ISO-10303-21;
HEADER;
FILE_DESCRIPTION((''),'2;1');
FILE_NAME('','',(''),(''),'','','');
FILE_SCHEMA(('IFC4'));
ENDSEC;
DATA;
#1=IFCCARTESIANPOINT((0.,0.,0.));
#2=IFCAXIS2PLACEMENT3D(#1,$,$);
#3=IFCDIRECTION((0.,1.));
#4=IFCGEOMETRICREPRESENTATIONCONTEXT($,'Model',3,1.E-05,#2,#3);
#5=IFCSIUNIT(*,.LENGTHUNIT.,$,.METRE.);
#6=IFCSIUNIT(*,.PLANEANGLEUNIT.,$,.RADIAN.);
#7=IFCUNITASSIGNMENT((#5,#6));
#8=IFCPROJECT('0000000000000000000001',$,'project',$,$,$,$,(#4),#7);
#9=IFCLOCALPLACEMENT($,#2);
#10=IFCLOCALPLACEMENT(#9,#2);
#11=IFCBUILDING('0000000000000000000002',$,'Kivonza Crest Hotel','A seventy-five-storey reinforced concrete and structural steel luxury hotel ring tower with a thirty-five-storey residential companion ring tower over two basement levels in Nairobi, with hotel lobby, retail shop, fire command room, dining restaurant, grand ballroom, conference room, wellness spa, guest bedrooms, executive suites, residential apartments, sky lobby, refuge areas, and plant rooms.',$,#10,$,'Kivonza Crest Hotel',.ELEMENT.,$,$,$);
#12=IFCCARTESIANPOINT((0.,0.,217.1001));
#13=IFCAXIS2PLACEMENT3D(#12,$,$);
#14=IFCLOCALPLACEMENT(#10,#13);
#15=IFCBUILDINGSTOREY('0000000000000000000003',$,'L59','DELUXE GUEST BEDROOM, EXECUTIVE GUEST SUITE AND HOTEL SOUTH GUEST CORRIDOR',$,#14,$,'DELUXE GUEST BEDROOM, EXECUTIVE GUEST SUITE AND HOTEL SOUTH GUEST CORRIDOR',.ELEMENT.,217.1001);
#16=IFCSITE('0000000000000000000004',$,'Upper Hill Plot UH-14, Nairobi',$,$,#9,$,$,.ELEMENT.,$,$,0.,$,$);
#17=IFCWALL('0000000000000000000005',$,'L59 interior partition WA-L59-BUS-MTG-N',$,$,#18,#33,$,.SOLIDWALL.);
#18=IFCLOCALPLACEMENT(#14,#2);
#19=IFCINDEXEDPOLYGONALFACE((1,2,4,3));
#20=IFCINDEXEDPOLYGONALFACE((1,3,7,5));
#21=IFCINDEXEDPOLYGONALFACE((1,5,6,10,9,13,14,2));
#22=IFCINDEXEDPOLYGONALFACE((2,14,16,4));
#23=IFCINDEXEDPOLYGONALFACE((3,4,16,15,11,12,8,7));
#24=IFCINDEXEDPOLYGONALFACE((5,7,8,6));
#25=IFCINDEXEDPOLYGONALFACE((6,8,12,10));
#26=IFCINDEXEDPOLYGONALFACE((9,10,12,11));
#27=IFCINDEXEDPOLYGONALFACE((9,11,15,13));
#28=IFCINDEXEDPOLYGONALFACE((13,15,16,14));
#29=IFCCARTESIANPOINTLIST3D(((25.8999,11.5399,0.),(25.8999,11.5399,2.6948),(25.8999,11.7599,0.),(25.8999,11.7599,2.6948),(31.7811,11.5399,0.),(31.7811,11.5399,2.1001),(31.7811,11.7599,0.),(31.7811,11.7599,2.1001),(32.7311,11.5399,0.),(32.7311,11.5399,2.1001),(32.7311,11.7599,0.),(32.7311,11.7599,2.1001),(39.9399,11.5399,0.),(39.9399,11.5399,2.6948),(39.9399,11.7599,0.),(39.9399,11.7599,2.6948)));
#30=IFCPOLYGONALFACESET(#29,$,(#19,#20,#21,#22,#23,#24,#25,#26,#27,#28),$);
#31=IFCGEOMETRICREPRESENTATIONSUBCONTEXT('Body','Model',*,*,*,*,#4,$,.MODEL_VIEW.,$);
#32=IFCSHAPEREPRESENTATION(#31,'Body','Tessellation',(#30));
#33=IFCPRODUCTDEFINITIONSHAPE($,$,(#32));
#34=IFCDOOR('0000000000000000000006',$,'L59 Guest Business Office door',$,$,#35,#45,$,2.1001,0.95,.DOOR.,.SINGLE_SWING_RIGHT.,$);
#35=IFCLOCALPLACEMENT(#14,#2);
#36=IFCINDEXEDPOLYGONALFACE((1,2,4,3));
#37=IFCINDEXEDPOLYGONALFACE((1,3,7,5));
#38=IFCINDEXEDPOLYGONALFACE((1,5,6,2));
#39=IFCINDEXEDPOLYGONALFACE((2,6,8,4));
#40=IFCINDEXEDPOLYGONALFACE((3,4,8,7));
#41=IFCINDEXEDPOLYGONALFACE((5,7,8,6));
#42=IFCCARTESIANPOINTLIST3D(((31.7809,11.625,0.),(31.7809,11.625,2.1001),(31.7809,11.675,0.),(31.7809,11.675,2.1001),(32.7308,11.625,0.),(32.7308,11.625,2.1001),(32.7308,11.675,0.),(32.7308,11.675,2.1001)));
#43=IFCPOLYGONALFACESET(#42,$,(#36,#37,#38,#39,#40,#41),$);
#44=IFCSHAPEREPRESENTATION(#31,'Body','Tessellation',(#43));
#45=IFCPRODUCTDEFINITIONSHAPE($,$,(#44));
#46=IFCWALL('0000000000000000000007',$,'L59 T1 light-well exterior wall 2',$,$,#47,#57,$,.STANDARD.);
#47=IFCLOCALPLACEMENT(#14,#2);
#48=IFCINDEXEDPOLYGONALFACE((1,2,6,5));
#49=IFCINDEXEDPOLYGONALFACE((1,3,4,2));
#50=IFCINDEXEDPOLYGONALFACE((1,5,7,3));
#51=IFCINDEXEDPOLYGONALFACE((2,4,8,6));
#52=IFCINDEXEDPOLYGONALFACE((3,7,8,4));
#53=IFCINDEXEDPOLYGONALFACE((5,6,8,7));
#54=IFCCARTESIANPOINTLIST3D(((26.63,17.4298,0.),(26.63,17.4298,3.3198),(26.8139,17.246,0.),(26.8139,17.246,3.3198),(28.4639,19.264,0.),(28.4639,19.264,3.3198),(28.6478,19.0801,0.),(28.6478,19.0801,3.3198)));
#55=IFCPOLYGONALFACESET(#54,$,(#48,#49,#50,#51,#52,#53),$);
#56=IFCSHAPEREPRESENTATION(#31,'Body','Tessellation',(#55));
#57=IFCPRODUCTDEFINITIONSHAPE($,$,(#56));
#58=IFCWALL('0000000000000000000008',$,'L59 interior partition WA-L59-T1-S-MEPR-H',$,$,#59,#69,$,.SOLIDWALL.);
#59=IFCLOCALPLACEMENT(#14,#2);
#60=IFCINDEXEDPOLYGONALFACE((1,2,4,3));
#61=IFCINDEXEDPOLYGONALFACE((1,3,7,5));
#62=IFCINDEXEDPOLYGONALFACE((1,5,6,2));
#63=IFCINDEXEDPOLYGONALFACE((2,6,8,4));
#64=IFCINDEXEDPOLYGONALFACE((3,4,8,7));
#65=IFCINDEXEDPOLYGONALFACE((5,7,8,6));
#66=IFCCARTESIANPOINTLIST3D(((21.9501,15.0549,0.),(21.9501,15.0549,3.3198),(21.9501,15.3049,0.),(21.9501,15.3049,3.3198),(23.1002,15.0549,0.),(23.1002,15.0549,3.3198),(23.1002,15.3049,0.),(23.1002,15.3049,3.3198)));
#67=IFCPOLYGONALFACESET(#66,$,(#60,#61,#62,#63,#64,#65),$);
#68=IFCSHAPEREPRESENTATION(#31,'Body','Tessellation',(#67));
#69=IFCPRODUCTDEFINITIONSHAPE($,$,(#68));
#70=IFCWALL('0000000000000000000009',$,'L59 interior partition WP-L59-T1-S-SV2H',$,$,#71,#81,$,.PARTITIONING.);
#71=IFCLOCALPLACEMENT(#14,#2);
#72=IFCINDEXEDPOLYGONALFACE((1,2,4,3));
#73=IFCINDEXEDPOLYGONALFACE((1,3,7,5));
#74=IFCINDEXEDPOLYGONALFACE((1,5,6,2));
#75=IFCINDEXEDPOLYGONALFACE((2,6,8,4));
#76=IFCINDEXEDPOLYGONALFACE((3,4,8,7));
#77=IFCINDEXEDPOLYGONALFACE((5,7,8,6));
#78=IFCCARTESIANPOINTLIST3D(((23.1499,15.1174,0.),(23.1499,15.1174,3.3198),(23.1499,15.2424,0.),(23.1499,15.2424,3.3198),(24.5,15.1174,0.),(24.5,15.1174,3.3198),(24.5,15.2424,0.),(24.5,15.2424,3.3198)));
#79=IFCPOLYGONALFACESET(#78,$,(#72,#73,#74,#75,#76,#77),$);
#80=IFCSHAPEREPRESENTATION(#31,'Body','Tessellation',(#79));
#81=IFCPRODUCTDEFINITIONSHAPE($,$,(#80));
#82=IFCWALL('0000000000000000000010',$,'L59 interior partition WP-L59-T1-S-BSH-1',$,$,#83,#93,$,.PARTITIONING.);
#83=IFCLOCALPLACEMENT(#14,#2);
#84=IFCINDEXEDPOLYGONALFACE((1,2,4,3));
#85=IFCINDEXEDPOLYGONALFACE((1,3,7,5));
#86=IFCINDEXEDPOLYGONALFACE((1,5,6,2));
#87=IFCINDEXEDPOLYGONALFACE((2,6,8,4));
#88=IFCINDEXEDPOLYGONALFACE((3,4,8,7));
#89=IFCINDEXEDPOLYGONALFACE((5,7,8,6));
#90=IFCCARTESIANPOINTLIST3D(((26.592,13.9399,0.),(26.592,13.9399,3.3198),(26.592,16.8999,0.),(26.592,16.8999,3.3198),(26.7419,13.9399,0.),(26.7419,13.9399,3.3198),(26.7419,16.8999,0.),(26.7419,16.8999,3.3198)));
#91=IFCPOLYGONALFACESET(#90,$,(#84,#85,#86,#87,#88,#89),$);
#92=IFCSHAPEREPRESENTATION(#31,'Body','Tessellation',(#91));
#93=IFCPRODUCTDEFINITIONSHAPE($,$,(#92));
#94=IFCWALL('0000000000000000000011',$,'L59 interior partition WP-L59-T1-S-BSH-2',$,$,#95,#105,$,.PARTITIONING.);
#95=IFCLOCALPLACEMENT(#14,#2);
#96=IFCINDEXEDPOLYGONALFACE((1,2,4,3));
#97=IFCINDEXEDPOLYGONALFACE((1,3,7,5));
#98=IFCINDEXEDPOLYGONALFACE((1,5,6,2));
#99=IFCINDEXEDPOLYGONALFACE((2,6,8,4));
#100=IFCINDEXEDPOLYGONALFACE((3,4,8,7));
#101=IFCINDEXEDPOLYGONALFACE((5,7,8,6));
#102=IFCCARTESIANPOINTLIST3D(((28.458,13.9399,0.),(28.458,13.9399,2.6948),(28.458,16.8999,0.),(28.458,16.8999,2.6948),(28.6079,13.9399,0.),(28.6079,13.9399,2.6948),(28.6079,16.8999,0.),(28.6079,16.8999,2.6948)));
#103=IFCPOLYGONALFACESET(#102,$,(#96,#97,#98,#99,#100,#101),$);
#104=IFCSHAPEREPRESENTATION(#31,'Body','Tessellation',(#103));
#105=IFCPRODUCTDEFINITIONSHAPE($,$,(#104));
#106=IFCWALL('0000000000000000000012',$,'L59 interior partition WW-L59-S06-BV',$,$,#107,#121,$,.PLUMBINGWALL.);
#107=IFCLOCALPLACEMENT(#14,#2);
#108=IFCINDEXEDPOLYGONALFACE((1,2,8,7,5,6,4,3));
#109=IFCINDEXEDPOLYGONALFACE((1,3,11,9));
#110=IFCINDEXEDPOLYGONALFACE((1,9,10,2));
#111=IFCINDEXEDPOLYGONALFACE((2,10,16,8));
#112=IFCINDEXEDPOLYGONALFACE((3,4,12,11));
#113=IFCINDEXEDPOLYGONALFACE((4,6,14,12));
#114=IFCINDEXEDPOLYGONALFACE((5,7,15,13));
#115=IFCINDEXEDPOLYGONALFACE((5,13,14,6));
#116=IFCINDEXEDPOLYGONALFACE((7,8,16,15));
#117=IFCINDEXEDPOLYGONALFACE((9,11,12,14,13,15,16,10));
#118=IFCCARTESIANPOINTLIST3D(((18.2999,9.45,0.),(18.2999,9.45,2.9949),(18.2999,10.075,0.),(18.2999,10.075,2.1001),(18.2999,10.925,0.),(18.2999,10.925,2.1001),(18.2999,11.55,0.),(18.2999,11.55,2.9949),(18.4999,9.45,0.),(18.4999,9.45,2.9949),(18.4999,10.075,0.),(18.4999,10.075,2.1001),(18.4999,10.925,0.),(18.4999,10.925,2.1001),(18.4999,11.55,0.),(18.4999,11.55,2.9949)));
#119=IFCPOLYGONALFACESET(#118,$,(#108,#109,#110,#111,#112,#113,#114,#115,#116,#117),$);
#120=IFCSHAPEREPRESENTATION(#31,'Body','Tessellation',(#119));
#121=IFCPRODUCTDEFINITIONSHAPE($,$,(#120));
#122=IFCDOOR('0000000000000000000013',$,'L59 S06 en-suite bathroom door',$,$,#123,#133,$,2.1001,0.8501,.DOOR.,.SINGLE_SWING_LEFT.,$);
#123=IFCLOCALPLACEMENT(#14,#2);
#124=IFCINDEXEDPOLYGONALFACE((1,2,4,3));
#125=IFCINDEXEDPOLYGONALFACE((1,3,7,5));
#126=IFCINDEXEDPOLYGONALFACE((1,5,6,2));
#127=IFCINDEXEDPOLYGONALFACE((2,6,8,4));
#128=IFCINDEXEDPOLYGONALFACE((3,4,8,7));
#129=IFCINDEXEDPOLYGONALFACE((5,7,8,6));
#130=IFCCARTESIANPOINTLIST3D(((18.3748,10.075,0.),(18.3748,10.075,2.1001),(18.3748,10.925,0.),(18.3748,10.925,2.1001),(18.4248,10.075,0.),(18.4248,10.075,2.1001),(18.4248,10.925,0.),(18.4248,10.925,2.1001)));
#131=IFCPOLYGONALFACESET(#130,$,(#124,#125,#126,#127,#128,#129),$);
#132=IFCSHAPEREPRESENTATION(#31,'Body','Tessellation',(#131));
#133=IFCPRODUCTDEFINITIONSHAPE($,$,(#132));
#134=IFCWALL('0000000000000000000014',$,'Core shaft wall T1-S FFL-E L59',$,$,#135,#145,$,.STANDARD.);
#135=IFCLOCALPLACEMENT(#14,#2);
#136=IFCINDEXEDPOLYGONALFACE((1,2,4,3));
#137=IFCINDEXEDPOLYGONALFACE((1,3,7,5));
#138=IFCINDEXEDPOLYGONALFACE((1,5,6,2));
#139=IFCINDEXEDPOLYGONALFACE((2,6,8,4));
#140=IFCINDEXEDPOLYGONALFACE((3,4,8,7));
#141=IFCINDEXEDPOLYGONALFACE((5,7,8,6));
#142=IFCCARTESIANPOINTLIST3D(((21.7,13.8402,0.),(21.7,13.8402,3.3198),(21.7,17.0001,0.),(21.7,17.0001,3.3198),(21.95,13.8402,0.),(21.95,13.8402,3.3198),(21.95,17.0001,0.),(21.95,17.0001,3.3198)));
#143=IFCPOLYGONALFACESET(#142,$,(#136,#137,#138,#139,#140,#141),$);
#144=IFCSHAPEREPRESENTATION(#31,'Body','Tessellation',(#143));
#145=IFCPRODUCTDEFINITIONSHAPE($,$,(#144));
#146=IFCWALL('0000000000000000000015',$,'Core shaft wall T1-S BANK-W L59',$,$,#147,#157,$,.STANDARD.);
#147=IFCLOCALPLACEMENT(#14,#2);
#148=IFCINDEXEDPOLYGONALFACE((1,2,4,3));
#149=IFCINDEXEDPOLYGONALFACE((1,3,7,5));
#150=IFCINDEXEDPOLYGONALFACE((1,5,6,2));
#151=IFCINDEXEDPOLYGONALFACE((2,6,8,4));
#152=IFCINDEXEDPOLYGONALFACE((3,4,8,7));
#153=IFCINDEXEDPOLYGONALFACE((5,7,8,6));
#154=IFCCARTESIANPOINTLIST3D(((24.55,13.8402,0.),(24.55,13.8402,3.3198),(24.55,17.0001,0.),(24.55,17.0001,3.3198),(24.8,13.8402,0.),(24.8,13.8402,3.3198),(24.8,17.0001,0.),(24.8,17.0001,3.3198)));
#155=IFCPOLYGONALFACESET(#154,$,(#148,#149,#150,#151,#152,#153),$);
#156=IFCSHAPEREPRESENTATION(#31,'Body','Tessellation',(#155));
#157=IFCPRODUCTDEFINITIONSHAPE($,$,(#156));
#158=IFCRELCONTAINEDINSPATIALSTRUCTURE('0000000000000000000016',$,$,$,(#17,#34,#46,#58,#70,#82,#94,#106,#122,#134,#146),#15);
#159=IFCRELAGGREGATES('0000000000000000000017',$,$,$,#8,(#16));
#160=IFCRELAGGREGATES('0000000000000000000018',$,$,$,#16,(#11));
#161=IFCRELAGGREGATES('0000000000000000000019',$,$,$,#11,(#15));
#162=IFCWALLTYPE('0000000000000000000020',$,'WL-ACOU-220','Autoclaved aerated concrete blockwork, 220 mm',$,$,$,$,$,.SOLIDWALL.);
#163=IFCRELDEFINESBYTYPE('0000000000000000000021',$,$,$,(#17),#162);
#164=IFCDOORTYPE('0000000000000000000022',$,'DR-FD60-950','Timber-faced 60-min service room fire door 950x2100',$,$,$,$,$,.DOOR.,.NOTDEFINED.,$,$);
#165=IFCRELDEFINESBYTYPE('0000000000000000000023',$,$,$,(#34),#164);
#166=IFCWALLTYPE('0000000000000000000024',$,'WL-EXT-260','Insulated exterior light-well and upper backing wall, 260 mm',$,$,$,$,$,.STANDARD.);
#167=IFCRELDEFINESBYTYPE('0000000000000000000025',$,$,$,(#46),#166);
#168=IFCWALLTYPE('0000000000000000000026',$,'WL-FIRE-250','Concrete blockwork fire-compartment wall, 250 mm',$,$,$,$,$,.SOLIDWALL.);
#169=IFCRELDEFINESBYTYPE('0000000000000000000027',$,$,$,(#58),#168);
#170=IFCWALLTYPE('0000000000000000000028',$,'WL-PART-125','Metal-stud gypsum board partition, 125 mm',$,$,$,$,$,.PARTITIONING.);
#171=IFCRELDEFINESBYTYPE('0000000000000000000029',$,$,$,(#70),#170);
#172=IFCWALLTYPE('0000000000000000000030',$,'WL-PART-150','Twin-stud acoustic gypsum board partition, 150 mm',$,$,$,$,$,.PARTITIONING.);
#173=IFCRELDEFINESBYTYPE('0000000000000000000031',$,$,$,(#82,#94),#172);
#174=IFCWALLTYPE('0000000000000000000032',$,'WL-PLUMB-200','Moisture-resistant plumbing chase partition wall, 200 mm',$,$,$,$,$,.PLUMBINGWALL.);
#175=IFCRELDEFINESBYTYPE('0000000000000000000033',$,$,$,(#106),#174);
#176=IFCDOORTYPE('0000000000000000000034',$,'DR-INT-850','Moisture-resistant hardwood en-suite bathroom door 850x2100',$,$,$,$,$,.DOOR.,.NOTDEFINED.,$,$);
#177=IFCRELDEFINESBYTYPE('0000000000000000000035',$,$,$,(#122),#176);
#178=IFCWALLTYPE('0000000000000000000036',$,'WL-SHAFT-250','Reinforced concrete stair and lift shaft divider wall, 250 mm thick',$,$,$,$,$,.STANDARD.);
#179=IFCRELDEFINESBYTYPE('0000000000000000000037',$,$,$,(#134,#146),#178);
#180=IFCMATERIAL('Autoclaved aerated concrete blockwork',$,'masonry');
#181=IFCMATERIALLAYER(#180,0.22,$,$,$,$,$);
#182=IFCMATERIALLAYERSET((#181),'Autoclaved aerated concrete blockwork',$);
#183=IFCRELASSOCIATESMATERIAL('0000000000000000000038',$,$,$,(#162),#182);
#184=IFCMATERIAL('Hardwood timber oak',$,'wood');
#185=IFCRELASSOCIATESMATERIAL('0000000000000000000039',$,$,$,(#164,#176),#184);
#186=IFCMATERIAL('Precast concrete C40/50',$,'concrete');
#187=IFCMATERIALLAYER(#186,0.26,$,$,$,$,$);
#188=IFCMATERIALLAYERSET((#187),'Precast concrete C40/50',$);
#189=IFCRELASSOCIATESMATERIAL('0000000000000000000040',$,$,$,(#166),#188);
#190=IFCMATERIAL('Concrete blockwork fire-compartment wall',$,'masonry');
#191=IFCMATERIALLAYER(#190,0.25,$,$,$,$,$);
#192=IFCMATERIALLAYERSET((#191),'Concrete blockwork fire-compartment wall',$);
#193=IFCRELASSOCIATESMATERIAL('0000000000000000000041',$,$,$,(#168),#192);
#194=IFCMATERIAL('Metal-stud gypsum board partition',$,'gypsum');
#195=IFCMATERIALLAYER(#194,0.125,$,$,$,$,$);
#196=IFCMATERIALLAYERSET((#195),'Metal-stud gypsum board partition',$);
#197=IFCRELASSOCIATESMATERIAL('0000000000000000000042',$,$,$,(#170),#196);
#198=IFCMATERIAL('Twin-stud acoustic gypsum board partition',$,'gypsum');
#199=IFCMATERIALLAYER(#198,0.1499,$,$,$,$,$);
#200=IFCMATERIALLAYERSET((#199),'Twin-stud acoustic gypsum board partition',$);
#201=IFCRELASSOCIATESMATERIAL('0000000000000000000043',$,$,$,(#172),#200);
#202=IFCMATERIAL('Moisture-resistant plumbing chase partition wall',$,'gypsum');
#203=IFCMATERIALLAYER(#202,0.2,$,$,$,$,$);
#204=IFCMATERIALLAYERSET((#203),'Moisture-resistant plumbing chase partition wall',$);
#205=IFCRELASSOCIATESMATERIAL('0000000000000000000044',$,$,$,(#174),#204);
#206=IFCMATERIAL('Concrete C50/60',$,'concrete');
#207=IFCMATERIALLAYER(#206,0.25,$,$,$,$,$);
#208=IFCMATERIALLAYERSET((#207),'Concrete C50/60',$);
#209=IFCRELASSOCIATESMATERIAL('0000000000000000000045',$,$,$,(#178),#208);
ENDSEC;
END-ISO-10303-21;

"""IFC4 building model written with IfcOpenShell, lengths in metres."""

from ifc_helpers import new_model, si_unit, direction, frame, frame_2d, origin, place, context, subcontext, project, spatial, rectangle, extrude, material, layer, layer_set, type_object, element, fill, save


model = new_model("IFC4")

# Units and contexts
model_context = context("Model", 3, precision=1e-05, world=origin(), true_north=direction((0.0, 1.0)))
body_context = subcontext(model_context, "Body", "Model", "MODEL_VIEW")
ifc_project = project(units=[si_unit("LENGTHUNIT", "METRE"), si_unit("PLANEANGLEUNIT", "RADIAN")], contexts=[model_context])

# Site, building, storey
site_placement = place(None, origin())
site = spatial("IfcSite", under=ifc_project, at=site_placement, Name="Upper Hill Plot UH-14, Nairobi", CompositionType="ELEMENT", RefElevation=0.0)
building_placement = place(site_placement, origin())
building = spatial("IfcBuilding", under=site, at=building_placement, Name="Kivonza Crest Hotel", Description="A seventy-five-storey reinforced concrete and structural steel luxury hotel ring tower with a thirty-five-storey residential companion ring tower over two basement levels in Nairobi, with hotel lobby, retail shop, fire command room, dining restaurant, grand ballroom, conference room, wellness spa, guest bedrooms, executive suites, residential apartments, sky lobby, refuge areas, and plant rooms.", LongName="Kivonza Crest Hotel", CompositionType="ELEMENT")
storey_placement = place(building_placement, frame((0.0, 0.0, 217.1001)))
storey = spatial("IfcBuildingStorey", under=building, at=storey_placement, Name="L59", Description="DELUXE GUEST BEDROOM, EXECUTIVE GUEST SUITE AND HOTEL SOUTH GUEST CORRIDOR", LongName="DELUXE GUEST BEDROOM, EXECUTIVE GUEST SUITE AND HOTEL SOUTH GUEST CORRIDOR", CompositionType="ELEMENT", Elevation=217.1001)

# Shared definitions
ifc_material_1 = material(Name="Autoclaved aerated concrete blockwork", Category="masonry")
ifc_layer_1 = layer(ifc_material_1, 0.22)
ifc_layer_set_1 = layer_set([ifc_layer_1], Name="Autoclaved aerated concrete blockwork")
wall_type_1 = type_object("IfcWallType", Name="WL-ACOU-220", Description="Autoclaved aerated concrete blockwork, 220 mm", PredefinedType="SOLIDWALL", material=ifc_layer_set_1)

# Wall, opening, door
ifc_material_2 = material(Name="Hardwood timber oak", Category="wood")
wall_1_placement = place(storey_placement, frame((25.8999, 11.6499, 0.0), z_axis=(0.0, 0.0, 1.0), x_axis=(1.0, 0.0, 0.0)))
wall_1 = element("IfcWall", 1, at=wall_1_placement, inside=storey, type_object=wall_type_1, Name="L59 interior partition WA-L59-BUS-MTG-N", PredefinedType="SOLIDWALL", context=body_context, shape_type="SweptSolid", body=[
    extrude(rectangle(XDim=14.04, YDim=0.22, at=frame_2d((7.02, 0.0))), origin(), (0.0, 0.0, 1.0), 2.6948),
])
opening_1_placement = place(wall_1_placement, frame((5.8811, 0.0, 0.0)))
opening_1 = element("IfcOpeningElement", 2, at=opening_1_placement, cuts=wall_1, PredefinedType="OPENING", context=body_context, shape_type="SweptSolid", body=[
    extrude(rectangle(XDim=0.95, YDim=2.1001, at=frame_2d((0.4751, 1.05))), frame((0.0, 0.1201, 0.0), z_axis=(0.0, -1.0, 0.0), x_axis=(1.0, 0.0, 0.0)), (0.0, 0.0, 1.0), 0.24),
])
door_type_1 = type_object("IfcDoorType", Name="DR-FD60-950", Description="Timber-faced 60-min service room fire door 950x2100", OperationType="NOTDEFINED", PredefinedType="DOOR", material=ifc_material_2)
door_1_placement = place(opening_1_placement, frame((0.95, 0.0, 0.0), z_axis=(0.0, 0.0, 1.0), x_axis=(-1.0, 0.0, 0.0)))
door_1 = element("IfcDoor", 3, at=door_1_placement, inside=storey, type_object=door_type_1, Name="L59 Guest Business Office door", OperationType="SINGLE_SWING_RIGHT", OverallHeight=2.1001, OverallWidth=0.95, PredefinedType="DOOR", context=body_context, shape_type="SweptSolid", body=[
    extrude(rectangle(XDim=0.95, YDim=2.1001, at=frame_2d((0.4751, 1.05))), frame((0.0, 0.0249, 0.0), z_axis=(0.0, -1.0, 0.0), x_axis=(1.0, 0.0, 0.0)), (0.0, 0.0, 1.0), 0.05),
])
fill(opening_1, door_1)

# Walls
ifc_material_3 = material(Name="Precast concrete C40/50", Category="concrete")
ifc_layer_2 = layer(ifc_material_3, 0.26)
ifc_layer_set_2 = layer_set([ifc_layer_2], Name="Precast concrete C40/50")
wall_type_2 = type_object("IfcWallType", Name="WL-EXT-260", Description="Insulated exterior light-well and upper backing wall, 260 mm", PredefinedType="STANDARD", material=ifc_layer_set_2)
wall_2_placement = place(storey_placement, frame((26.7219, 17.3379, 0.0), z_axis=(0.0, 0.0, 1.0), x_axis=(0.70706, 0.707154, 0.0)))
element("IfcWall", 4, at=wall_2_placement, inside=storey, type_object=wall_type_2, Name="L59 T1 light-well exterior wall 2", PredefinedType="STANDARD", context=body_context, shape_type="SweptSolid", body=[
    extrude(rectangle(XDim=2.5938, YDim=0.26, at=frame_2d((1.2969, 0.0))), origin(), (0.0, 0.0, 1.0), 3.3198),
])
ifc_material_4 = material(Name="Concrete blockwork fire-compartment wall", Category="masonry")
ifc_layer_3 = layer(ifc_material_4, 0.25)
ifc_layer_set_3 = layer_set([ifc_layer_3], Name="Concrete blockwork fire-compartment wall")
wall_type_3 = type_object("IfcWallType", Name="WL-FIRE-250", Description="Concrete blockwork fire-compartment wall, 250 mm", PredefinedType="SOLIDWALL", material=ifc_layer_set_3)
wall_3_placement = place(storey_placement, frame((21.95, 15.1799, 0.0), z_axis=(0.0, 0.0, 1.0), x_axis=(1.0, 0.0, 0.0)))
element("IfcWall", 5, at=wall_3_placement, inside=storey, type_object=wall_type_3, Name="L59 interior partition WA-L59-T1-S-MEPR-H", PredefinedType="SOLIDWALL", context=body_context, shape_type="SweptSolid", body=[
    extrude(rectangle(XDim=1.1501, YDim=0.25, at=frame_2d((0.5752, 0.0))), origin(), (0.0, 0.0, 1.0), 3.3198),
])
ifc_material_5 = material(Name="Metal-stud gypsum board partition", Category="gypsum")
ifc_layer_4 = layer(ifc_material_5, 0.125)
ifc_layer_set_4 = layer_set([ifc_layer_4], Name="Metal-stud gypsum board partition")
wall_type_4 = type_object("IfcWallType", Name="WL-PART-125", Description="Metal-stud gypsum board partition, 125 mm", PredefinedType="PARTITIONING", material=ifc_layer_set_4)
wall_4_placement = place(storey_placement, frame((23.1499, 15.1799, 0.0), z_axis=(0.0, 0.0, 1.0), x_axis=(1.0, 0.0, 0.0)))
element("IfcWall", 6, at=wall_4_placement, inside=storey, type_object=wall_type_4, Name="L59 interior partition WP-L59-T1-S-SV2H", PredefinedType="PARTITIONING", context=body_context, shape_type="SweptSolid", body=[
    extrude(rectangle(XDim=1.3501, YDim=0.125, at=frame_2d((0.675, 0.0))), origin(), (0.0, 0.0, 1.0), 3.3198),
])
ifc_material_6 = material(Name="Twin-stud acoustic gypsum board partition", Category="gypsum")
ifc_layer_5 = layer(ifc_material_6, 0.1499)
ifc_layer_set_5 = layer_set([ifc_layer_5], Name="Twin-stud acoustic gypsum board partition")
wall_type_5 = type_object("IfcWallType", Name="WL-PART-150", Description="Twin-stud acoustic gypsum board partition, 150 mm", PredefinedType="PARTITIONING", material=ifc_layer_set_5)
wall_5_placement = place(storey_placement, frame((26.667, 13.9399, 0.0), z_axis=(0.0, 0.0, 1.0), x_axis=(0.0, 1.0, 0.0)))
element("IfcWall", 7, at=wall_5_placement, inside=storey, type_object=wall_type_5, Name="L59 interior partition WP-L59-T1-S-BSH-1", PredefinedType="PARTITIONING", context=body_context, shape_type="SweptSolid", body=[
    extrude(rectangle(XDim=2.96, YDim=0.1499, at=frame_2d((1.48, 0.0))), origin(), (0.0, 0.0, 1.0), 3.3198),
])
wall_6_placement = place(storey_placement, frame((28.533, 13.9399, 0.0), z_axis=(0.0, 0.0, 1.0), x_axis=(0.0, 1.0, 0.0)))
element("IfcWall", 8, at=wall_6_placement, inside=storey, type_object=wall_type_5, Name="L59 interior partition WP-L59-T1-S-BSH-2", PredefinedType="PARTITIONING", context=body_context, shape_type="SweptSolid", body=[
    extrude(rectangle(XDim=2.96, YDim=0.1499, at=frame_2d((1.48, 0.0))), origin(), (0.0, 0.0, 1.0), 2.6948),
])

# Wall, opening, door
ifc_material_7 = material(Name="Moisture-resistant plumbing chase partition wall", Category="gypsum")
ifc_layer_6 = layer(ifc_material_7, 0.2)
ifc_layer_set_6 = layer_set([ifc_layer_6], Name="Moisture-resistant plumbing chase partition wall")
wall_type_6 = type_object("IfcWallType", Name="WL-PLUMB-200", Description="Moisture-resistant plumbing chase partition wall, 200 mm", PredefinedType="PLUMBINGWALL", material=ifc_layer_set_6)
wall_7_placement = place(storey_placement, frame((18.3999, 9.45, 0.0), z_axis=(0.0, 0.0, 1.0), x_axis=(0.0, 1.0, 0.0)))
wall_7 = element("IfcWall", 9, at=wall_7_placement, inside=storey, type_object=wall_type_6, Name="L59 interior partition WW-L59-S06-BV", PredefinedType="PLUMBINGWALL", context=body_context, shape_type="SweptSolid", body=[
    extrude(rectangle(XDim=2.1001, YDim=0.2, at=frame_2d((1.05, 0.0))), origin(), (0.0, 0.0, 1.0), 2.9949),
])
opening_2_placement = place(wall_7_placement, frame((0.625, 0.0, 0.0)))
opening_2 = element("IfcOpeningElement", 10, at=opening_2_placement, cuts=wall_7, PredefinedType="OPENING", context=body_context, shape_type="SweptSolid", body=[
    extrude(rectangle(XDim=0.8501, YDim=2.1001, at=frame_2d((0.425, 1.05))), frame((0.0, 0.1099, 0.0), z_axis=(0.0, -1.0, 0.0), x_axis=(1.0, 0.0, 0.0)), (0.0, 0.0, 1.0), 0.22),
])
door_type_2 = type_object("IfcDoorType", Name="DR-INT-850", Description="Moisture-resistant hardwood en-suite bathroom door 850x2100", OperationType="NOTDEFINED", PredefinedType="DOOR", material=ifc_material_2)
door_2_placement = place(opening_2_placement, frame((0.8501, 0.0, 0.0), z_axis=(0.0, 0.0, 1.0), x_axis=(-1.0, 0.0, 0.0)))
door_2 = element("IfcDoor", 11, at=door_2_placement, inside=storey, type_object=door_type_2, Name="L59 S06 en-suite bathroom door", OperationType="SINGLE_SWING_LEFT", OverallHeight=2.1001, OverallWidth=0.8501, PredefinedType="DOOR", context=body_context, shape_type="SweptSolid", body=[
    extrude(rectangle(XDim=0.8501, YDim=2.1001, at=frame_2d((0.425, 1.05))), frame((0.0, 0.0249, 0.0), z_axis=(0.0, -1.0, 0.0), x_axis=(1.0, 0.0, 0.0)), (0.0, 0.0, 1.0), 0.05),
])
fill(opening_2, door_2)
ifc_material_8 = material(Name="Concrete C50/60", Category="concrete")
ifc_layer_7 = layer(ifc_material_8, 0.25)
ifc_layer_set_7 = layer_set([ifc_layer_7], Name="Concrete C50/60")
wall_type_7 = type_object("IfcWallType", Name="WL-SHAFT-250", Description="Reinforced concrete stair and lift shaft divider wall, 250 mm thick", PredefinedType="STANDARD", material=ifc_layer_set_7)

# Walls
for number, where, z_axis, x_axis, name in (
    (12, (21.825, 13.8401, 0.0), (0.0, 0.0, 1.0), (0.0, 1.0, 0.0), "Core shaft wall T1-S FFL-E L59"),
    (13, (24.675, 13.8401, 0.0), (0.0, 0.0, 1.0), (0.0, 1.0, 0.0), "Core shaft wall T1-S BANK-W L59"),
):
    element("IfcWall", number, at=place(storey_placement, frame(where, z_axis=z_axis, x_axis=x_axis)), inside=storey, type_object=wall_type_7, Name=name, PredefinedType="STANDARD", context=body_context, shape_type="SweptSolid", body=[
        extrude(rectangle(XDim=3.1599, YDim=0.25, at=frame_2d((1.5801, 0.0))), origin(), (0.0, 0.0, 1.0), 3.3198),
    ])

save(model, "model.ifc")
